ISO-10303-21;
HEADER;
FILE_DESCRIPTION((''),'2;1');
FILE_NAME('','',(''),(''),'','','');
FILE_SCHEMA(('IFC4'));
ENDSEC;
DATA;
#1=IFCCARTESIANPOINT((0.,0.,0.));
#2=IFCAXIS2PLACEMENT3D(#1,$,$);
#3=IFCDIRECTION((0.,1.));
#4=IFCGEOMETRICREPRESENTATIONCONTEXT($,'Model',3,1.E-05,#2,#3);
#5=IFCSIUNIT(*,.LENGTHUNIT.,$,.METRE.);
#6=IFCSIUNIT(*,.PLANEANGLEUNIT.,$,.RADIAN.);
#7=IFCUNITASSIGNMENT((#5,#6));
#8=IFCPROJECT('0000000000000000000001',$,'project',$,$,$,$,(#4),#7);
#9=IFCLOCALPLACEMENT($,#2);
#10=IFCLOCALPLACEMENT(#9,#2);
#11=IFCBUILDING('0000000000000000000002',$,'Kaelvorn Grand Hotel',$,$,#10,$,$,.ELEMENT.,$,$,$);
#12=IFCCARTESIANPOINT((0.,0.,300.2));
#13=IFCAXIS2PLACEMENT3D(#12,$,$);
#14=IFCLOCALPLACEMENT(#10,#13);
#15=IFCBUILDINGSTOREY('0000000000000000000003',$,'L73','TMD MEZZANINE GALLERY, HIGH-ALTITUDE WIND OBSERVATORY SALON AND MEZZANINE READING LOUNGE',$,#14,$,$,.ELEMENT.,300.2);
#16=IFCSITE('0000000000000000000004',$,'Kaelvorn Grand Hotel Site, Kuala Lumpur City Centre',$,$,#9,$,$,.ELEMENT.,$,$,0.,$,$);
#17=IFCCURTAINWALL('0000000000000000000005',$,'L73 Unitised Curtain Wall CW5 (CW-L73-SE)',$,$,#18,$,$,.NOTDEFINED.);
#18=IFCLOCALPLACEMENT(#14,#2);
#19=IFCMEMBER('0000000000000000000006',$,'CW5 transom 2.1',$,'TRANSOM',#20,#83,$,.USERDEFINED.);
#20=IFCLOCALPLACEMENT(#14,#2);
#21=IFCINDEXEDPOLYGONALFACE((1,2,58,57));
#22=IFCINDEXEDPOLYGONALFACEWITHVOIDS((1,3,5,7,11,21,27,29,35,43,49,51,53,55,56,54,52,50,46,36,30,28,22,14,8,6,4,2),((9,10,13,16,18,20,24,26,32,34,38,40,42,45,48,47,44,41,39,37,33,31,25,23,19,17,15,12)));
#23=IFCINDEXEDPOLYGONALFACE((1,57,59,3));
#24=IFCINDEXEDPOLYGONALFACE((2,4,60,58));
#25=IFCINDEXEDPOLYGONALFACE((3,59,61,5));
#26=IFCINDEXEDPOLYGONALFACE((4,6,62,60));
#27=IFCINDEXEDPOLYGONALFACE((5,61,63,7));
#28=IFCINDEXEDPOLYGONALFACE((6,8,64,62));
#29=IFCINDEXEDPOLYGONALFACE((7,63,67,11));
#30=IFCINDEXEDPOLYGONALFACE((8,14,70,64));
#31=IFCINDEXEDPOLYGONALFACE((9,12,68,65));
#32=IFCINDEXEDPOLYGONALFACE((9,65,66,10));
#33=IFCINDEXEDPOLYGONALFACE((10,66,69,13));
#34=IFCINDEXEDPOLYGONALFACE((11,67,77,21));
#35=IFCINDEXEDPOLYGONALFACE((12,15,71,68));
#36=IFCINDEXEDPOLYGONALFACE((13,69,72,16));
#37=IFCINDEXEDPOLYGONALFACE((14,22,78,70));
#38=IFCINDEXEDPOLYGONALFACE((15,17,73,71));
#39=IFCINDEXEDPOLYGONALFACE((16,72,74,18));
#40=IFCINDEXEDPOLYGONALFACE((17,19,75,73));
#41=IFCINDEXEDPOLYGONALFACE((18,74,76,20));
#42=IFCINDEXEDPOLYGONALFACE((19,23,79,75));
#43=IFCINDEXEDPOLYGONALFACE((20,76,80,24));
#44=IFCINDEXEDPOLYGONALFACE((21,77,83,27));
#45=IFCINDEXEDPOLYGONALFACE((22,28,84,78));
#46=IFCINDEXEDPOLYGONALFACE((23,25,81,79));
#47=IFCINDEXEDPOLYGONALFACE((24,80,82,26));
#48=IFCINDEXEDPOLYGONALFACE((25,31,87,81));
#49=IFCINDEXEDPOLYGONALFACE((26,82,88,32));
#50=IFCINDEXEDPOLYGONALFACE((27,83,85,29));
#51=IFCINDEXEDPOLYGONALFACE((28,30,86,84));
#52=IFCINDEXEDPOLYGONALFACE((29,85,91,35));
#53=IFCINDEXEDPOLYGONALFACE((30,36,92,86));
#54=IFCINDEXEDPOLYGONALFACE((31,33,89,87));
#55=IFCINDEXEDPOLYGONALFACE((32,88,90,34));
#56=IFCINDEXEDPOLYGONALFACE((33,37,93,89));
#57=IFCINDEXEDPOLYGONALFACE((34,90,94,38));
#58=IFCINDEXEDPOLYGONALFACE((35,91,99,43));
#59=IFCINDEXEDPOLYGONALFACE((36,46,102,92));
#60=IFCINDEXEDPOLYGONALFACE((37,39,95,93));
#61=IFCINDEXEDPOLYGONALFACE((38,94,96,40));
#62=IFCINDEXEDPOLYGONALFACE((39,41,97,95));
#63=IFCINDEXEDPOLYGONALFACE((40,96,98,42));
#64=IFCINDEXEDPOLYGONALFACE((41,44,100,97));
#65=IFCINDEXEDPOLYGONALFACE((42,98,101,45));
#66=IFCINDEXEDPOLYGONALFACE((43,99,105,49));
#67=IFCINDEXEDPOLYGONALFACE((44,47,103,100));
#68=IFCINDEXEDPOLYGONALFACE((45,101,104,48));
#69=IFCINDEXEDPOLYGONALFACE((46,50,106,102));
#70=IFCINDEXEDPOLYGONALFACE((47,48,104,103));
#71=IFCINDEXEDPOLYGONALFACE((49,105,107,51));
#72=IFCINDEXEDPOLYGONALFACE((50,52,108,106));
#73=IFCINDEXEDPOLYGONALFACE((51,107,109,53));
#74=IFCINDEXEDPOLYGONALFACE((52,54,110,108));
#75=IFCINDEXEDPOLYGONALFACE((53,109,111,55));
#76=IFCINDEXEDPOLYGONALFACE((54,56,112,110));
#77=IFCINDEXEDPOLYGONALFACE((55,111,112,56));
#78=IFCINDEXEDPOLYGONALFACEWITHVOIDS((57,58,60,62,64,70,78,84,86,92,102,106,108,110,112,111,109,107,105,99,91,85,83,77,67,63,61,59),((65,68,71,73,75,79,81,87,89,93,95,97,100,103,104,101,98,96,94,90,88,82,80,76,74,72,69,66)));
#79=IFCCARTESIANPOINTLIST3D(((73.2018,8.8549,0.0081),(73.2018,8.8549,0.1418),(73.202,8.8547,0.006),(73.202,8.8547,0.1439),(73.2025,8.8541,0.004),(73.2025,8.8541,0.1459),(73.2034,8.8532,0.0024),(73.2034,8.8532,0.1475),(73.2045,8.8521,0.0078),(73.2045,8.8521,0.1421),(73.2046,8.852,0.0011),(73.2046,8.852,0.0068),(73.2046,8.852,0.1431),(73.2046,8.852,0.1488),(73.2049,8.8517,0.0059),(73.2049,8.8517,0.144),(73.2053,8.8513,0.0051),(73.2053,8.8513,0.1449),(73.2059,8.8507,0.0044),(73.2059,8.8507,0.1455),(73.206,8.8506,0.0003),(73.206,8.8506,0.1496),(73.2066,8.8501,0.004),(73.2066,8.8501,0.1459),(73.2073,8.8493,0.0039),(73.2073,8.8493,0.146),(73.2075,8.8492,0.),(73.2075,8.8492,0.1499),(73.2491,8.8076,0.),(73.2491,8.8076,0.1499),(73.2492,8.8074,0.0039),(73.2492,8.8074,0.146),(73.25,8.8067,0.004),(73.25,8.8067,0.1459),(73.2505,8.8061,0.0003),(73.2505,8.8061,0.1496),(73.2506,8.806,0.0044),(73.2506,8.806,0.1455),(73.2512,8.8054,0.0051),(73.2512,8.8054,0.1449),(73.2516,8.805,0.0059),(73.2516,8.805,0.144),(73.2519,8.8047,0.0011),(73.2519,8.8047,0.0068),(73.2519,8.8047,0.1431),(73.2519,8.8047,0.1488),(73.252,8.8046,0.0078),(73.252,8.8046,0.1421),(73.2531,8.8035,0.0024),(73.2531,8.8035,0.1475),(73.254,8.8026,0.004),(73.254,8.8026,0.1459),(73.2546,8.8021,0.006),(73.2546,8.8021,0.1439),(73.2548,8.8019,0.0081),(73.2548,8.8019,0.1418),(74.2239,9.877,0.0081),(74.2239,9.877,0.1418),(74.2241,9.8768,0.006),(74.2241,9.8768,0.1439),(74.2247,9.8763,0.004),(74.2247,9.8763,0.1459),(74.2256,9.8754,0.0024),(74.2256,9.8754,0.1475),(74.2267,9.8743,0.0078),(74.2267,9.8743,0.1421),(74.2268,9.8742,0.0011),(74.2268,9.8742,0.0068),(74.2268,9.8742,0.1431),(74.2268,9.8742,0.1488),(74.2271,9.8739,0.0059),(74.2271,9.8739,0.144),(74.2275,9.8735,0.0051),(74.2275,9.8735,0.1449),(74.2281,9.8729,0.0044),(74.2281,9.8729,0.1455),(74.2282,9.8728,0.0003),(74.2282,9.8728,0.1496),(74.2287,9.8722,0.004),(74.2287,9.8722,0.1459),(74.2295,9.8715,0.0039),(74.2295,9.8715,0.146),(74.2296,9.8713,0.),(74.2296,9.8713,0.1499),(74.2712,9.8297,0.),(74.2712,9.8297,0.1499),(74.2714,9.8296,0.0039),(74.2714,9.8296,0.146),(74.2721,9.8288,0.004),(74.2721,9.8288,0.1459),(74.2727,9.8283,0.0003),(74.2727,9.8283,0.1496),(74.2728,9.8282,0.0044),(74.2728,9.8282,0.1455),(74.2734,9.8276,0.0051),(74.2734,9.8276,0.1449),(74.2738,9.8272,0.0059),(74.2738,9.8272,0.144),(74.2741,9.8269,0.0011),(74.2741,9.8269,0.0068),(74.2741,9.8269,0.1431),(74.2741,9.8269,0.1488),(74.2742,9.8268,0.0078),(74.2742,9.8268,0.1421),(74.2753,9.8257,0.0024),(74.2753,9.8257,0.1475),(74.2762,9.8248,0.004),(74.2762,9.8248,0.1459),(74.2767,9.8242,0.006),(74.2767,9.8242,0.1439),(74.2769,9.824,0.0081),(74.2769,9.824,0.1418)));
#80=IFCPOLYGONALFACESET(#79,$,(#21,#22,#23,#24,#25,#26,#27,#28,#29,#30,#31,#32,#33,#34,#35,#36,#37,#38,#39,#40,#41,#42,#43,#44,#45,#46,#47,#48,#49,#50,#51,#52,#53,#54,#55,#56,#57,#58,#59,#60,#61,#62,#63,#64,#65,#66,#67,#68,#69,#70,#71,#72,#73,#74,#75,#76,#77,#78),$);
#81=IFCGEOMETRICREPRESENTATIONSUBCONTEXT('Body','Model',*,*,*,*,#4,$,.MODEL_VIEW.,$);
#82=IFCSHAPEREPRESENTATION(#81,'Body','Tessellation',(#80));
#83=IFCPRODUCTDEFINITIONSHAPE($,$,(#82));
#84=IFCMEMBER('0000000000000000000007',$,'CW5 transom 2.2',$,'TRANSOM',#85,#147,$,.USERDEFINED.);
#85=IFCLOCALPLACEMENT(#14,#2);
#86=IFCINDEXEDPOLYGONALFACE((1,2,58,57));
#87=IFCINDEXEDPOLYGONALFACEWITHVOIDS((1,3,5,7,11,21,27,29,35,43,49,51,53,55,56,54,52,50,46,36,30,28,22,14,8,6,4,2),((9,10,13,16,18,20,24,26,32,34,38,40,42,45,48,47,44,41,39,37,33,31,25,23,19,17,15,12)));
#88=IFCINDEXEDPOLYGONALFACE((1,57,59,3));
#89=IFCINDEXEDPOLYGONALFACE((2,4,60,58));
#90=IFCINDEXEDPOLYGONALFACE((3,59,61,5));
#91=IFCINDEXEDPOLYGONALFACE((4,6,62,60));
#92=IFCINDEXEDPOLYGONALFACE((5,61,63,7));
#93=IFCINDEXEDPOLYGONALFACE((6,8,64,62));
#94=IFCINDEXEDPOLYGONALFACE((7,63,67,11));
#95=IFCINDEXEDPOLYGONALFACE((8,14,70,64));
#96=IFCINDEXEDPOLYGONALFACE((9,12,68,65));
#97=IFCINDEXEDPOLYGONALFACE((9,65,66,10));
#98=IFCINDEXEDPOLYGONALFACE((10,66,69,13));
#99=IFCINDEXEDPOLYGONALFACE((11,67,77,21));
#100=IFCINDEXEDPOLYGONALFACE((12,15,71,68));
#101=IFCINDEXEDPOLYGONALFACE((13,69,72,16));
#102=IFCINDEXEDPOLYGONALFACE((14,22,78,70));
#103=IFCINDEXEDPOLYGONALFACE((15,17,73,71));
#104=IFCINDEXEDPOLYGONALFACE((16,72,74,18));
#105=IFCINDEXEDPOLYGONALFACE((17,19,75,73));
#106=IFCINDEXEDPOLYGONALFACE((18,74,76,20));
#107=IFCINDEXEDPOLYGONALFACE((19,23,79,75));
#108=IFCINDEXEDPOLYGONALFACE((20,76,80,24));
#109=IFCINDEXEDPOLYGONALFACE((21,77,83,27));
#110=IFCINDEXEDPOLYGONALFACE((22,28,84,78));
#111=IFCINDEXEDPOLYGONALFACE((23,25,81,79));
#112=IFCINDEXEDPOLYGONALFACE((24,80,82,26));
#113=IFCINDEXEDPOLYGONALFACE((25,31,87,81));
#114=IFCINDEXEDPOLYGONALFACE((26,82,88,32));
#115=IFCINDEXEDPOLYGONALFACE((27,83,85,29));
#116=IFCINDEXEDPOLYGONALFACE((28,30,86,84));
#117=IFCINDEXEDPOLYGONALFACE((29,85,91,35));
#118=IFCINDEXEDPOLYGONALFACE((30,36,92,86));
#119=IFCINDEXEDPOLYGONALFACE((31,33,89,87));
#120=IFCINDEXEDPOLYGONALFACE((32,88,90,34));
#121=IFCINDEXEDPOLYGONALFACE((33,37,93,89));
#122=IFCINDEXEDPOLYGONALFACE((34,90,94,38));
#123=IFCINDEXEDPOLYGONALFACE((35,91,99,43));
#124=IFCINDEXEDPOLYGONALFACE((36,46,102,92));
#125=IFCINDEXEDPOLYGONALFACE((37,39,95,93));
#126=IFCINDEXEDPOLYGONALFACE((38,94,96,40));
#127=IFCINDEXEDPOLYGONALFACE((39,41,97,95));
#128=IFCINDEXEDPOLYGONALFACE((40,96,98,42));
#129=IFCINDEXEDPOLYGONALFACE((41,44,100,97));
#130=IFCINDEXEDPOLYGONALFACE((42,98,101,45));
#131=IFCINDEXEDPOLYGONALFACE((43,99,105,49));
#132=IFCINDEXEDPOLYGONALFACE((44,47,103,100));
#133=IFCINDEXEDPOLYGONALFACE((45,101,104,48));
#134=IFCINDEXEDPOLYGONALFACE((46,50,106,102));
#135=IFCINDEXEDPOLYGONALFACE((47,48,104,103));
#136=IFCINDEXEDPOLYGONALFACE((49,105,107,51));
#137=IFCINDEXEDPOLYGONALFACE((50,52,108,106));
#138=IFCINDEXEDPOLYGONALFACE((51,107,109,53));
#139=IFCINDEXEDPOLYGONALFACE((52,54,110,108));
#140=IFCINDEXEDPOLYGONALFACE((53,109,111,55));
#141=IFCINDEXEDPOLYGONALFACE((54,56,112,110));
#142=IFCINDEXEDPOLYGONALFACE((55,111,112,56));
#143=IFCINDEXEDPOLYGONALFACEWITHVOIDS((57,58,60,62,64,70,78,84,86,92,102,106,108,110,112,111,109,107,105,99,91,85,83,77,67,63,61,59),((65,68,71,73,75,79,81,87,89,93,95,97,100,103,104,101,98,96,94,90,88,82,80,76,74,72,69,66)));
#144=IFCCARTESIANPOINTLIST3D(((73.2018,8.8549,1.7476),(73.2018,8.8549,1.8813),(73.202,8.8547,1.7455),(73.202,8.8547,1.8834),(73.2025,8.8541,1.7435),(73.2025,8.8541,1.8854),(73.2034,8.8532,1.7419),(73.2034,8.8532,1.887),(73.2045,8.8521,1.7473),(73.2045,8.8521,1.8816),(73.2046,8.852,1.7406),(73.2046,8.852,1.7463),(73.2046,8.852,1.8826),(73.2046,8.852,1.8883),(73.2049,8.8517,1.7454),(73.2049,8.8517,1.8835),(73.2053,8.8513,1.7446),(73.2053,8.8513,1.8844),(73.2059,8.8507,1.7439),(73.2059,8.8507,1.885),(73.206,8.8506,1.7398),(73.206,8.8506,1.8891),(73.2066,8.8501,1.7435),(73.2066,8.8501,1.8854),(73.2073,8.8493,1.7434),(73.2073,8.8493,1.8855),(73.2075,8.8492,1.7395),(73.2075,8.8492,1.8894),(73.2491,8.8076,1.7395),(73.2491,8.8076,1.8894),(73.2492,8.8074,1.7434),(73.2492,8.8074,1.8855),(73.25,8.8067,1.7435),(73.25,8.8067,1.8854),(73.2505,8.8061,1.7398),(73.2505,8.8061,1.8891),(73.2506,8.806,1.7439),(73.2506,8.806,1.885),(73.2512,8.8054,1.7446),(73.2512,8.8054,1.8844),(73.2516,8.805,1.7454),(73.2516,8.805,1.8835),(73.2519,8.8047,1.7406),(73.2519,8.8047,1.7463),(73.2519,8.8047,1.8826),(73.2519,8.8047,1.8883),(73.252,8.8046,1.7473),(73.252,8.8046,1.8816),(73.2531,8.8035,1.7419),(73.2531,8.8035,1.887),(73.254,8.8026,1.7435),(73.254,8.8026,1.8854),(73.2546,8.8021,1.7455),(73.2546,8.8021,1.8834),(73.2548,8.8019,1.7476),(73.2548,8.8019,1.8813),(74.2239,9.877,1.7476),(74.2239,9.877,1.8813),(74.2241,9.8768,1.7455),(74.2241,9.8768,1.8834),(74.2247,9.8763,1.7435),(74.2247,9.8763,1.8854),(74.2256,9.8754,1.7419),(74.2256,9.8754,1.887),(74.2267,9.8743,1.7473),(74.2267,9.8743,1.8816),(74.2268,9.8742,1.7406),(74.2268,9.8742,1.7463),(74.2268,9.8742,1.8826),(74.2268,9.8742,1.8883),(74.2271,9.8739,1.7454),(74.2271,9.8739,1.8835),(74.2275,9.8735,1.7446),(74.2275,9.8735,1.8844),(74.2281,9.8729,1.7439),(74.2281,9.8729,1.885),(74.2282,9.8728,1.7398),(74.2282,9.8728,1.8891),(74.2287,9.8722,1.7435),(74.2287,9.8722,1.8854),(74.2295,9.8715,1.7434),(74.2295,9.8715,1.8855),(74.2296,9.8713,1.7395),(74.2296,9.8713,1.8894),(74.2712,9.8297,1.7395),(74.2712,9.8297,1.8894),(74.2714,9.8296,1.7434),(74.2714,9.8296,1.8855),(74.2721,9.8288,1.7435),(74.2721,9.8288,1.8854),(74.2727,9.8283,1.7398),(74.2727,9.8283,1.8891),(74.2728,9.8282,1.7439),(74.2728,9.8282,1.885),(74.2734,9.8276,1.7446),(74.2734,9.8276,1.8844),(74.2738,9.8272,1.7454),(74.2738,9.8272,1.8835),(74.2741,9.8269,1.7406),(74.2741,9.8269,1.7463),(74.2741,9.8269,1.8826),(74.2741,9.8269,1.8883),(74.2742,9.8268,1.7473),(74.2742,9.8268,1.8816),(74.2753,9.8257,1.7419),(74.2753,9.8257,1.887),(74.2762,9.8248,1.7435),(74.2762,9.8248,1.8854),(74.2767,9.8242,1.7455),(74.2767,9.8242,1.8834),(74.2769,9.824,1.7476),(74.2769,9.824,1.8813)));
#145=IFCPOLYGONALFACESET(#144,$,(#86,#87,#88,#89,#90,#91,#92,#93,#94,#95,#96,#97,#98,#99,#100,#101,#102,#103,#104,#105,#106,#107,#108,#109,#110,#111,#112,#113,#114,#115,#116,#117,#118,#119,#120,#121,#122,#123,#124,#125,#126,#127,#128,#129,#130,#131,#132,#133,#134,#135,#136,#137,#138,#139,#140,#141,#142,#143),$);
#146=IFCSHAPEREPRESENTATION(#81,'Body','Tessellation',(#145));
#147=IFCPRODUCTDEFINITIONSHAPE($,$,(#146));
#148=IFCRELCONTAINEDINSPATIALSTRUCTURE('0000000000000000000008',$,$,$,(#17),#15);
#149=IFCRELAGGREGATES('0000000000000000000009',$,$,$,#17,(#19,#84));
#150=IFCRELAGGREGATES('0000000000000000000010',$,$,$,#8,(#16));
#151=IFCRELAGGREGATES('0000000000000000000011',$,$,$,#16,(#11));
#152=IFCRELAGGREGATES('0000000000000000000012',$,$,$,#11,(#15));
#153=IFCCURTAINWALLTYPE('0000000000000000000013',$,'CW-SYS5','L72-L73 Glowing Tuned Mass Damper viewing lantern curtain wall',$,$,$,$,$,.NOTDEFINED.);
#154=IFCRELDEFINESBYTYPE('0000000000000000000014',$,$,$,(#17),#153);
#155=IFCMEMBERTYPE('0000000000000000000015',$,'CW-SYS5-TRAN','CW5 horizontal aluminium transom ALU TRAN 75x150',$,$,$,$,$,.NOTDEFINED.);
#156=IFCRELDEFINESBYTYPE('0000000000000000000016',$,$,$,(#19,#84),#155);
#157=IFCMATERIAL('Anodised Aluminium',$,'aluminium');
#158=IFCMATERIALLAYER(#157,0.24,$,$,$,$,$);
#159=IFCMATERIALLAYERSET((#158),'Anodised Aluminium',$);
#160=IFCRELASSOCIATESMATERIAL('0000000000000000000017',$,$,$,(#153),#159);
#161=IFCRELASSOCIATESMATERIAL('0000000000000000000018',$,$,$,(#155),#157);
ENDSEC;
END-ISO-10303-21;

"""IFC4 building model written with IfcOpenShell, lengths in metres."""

from ifc_helpers import new_model, si_unit, direction, frame, origin, origin_2d, place, context, subcontext, project, spatial, hollow_rectangle, extrude, material, layer, layer_set, material_profile, profile_set, type_object, element, aggregate, save


model = new_model("IFC4")

# Units and contexts
model_context = context("Model", 3, precision=1e-05, world=origin(), true_north=direction((0.0, 1.0)))
body_context = subcontext(model_context, "Body", "Model", "MODEL_VIEW")
ifc_project = project(units=[si_unit("LENGTHUNIT", "METRE"), si_unit("PLANEANGLEUNIT", "RADIAN")], contexts=[model_context])

# Site, building, storey
site_placement = place(None, origin())
site = spatial("IfcSite", under=ifc_project, at=site_placement, Name="Kaelvorn Grand Hotel Site, Kuala Lumpur City Centre", CompositionType="ELEMENT", RefElevation=0.0)
building_placement = place(site_placement, origin())
building = spatial("IfcBuilding", under=site, at=building_placement, Name="Kaelvorn Grand Hotel", CompositionType="ELEMENT")
storey_placement = place(building_placement, frame((0.0, 0.0, 300.2)))
storey = spatial("IfcBuildingStorey", under=building, at=storey_placement, Name="L73", Description="TMD MEZZANINE GALLERY, HIGH-ALTITUDE WIND OBSERVATORY SALON AND MEZZANINE READING LOUNGE", CompositionType="ELEMENT", Elevation=300.2)

# Shared definitions
ifc_material_1 = material(Name="Anodised Aluminium", Category="aluminium")
ifc_layer_1 = layer(ifc_material_1, 0.24)
ifc_layer_set_1 = layer_set([ifc_layer_1], Name="Anodised Aluminium")
curtain_wall_type = type_object("IfcCurtainWallType", Name="CW-SYS5", Description="L72-L73 Glowing Tuned Mass Damper viewing lantern curtain wall", PredefinedType="NOTDEFINED", material=ifc_layer_set_1)

# Curtain wall, members
curtain_wall_1_placement = place(storey_placement, origin())
curtain_wall_1 = element("IfcCurtainWall", 1, at=curtain_wall_1_placement, inside=storey, type_object=curtain_wall_type, Name="L73 Unitised Curtain Wall CW5 (CW-L73-SE)", PredefinedType="NOTDEFINED")
ifc_material_profile_1 = material_profile(ifc_material_1, hollow_rectangle(XDim=0.075, YDim=0.1499, WallThickness=0.0039, InnerFilletRadius=0.0039, OuterFilletRadius=0.0081, at=origin_2d()), Name="ALU TRAN 75x150")
ifc_profile_set_1 = profile_set([ifc_material_profile_1], Name="Anodised Aluminium")
member_type_1 = type_object("IfcMemberType", Name="CW-SYS5-TRAN", Description="CW5 horizontal aluminium transom ALU TRAN 75x150", PredefinedType="NOTDEFINED", material=ifc_profile_set_1)
member_1_placement = place(storey_placement, frame((73.2283, 8.8284, 0.075), z_axis=(0.707107, 0.707107, 0.0), x_axis=(-0.707107, 0.707107, 0.0)))
member_1 = element("IfcMember", 2, at=member_1_placement, type_object=member_type_1, Name="CW5 transom 2.1", ObjectType="TRANSOM", PredefinedType="USERDEFINED", context=body_context, shape_type="SweptSolid", body=[
    extrude(hollow_rectangle(XDim=0.075, YDim=0.1499, WallThickness=0.0039, InnerFilletRadius=0.0039, OuterFilletRadius=0.0081, at=origin_2d()), origin(), (0.0, 0.0, 1.0), 1.4456),
])
member_2_placement = place(storey_placement, frame((73.2283, 8.8284, 1.8145), z_axis=(0.707107, 0.707107, 0.0), x_axis=(-0.707107, 0.707107, 0.0)))
member_2 = element("IfcMember", 3, at=member_2_placement, type_object=member_type_1, Name="CW5 transom 2.2", ObjectType="TRANSOM", PredefinedType="USERDEFINED", context=body_context, shape_type="SweptSolid", body=[
    extrude(hollow_rectangle(XDim=0.075, YDim=0.1499, WallThickness=0.0039, InnerFilletRadius=0.0039, OuterFilletRadius=0.0081, at=origin_2d()), origin(), (0.0, 0.0, 1.0), 1.4456),
])

aggregate(curtain_wall_1, [member_1, member_2])

save(model, "model.ifc")
